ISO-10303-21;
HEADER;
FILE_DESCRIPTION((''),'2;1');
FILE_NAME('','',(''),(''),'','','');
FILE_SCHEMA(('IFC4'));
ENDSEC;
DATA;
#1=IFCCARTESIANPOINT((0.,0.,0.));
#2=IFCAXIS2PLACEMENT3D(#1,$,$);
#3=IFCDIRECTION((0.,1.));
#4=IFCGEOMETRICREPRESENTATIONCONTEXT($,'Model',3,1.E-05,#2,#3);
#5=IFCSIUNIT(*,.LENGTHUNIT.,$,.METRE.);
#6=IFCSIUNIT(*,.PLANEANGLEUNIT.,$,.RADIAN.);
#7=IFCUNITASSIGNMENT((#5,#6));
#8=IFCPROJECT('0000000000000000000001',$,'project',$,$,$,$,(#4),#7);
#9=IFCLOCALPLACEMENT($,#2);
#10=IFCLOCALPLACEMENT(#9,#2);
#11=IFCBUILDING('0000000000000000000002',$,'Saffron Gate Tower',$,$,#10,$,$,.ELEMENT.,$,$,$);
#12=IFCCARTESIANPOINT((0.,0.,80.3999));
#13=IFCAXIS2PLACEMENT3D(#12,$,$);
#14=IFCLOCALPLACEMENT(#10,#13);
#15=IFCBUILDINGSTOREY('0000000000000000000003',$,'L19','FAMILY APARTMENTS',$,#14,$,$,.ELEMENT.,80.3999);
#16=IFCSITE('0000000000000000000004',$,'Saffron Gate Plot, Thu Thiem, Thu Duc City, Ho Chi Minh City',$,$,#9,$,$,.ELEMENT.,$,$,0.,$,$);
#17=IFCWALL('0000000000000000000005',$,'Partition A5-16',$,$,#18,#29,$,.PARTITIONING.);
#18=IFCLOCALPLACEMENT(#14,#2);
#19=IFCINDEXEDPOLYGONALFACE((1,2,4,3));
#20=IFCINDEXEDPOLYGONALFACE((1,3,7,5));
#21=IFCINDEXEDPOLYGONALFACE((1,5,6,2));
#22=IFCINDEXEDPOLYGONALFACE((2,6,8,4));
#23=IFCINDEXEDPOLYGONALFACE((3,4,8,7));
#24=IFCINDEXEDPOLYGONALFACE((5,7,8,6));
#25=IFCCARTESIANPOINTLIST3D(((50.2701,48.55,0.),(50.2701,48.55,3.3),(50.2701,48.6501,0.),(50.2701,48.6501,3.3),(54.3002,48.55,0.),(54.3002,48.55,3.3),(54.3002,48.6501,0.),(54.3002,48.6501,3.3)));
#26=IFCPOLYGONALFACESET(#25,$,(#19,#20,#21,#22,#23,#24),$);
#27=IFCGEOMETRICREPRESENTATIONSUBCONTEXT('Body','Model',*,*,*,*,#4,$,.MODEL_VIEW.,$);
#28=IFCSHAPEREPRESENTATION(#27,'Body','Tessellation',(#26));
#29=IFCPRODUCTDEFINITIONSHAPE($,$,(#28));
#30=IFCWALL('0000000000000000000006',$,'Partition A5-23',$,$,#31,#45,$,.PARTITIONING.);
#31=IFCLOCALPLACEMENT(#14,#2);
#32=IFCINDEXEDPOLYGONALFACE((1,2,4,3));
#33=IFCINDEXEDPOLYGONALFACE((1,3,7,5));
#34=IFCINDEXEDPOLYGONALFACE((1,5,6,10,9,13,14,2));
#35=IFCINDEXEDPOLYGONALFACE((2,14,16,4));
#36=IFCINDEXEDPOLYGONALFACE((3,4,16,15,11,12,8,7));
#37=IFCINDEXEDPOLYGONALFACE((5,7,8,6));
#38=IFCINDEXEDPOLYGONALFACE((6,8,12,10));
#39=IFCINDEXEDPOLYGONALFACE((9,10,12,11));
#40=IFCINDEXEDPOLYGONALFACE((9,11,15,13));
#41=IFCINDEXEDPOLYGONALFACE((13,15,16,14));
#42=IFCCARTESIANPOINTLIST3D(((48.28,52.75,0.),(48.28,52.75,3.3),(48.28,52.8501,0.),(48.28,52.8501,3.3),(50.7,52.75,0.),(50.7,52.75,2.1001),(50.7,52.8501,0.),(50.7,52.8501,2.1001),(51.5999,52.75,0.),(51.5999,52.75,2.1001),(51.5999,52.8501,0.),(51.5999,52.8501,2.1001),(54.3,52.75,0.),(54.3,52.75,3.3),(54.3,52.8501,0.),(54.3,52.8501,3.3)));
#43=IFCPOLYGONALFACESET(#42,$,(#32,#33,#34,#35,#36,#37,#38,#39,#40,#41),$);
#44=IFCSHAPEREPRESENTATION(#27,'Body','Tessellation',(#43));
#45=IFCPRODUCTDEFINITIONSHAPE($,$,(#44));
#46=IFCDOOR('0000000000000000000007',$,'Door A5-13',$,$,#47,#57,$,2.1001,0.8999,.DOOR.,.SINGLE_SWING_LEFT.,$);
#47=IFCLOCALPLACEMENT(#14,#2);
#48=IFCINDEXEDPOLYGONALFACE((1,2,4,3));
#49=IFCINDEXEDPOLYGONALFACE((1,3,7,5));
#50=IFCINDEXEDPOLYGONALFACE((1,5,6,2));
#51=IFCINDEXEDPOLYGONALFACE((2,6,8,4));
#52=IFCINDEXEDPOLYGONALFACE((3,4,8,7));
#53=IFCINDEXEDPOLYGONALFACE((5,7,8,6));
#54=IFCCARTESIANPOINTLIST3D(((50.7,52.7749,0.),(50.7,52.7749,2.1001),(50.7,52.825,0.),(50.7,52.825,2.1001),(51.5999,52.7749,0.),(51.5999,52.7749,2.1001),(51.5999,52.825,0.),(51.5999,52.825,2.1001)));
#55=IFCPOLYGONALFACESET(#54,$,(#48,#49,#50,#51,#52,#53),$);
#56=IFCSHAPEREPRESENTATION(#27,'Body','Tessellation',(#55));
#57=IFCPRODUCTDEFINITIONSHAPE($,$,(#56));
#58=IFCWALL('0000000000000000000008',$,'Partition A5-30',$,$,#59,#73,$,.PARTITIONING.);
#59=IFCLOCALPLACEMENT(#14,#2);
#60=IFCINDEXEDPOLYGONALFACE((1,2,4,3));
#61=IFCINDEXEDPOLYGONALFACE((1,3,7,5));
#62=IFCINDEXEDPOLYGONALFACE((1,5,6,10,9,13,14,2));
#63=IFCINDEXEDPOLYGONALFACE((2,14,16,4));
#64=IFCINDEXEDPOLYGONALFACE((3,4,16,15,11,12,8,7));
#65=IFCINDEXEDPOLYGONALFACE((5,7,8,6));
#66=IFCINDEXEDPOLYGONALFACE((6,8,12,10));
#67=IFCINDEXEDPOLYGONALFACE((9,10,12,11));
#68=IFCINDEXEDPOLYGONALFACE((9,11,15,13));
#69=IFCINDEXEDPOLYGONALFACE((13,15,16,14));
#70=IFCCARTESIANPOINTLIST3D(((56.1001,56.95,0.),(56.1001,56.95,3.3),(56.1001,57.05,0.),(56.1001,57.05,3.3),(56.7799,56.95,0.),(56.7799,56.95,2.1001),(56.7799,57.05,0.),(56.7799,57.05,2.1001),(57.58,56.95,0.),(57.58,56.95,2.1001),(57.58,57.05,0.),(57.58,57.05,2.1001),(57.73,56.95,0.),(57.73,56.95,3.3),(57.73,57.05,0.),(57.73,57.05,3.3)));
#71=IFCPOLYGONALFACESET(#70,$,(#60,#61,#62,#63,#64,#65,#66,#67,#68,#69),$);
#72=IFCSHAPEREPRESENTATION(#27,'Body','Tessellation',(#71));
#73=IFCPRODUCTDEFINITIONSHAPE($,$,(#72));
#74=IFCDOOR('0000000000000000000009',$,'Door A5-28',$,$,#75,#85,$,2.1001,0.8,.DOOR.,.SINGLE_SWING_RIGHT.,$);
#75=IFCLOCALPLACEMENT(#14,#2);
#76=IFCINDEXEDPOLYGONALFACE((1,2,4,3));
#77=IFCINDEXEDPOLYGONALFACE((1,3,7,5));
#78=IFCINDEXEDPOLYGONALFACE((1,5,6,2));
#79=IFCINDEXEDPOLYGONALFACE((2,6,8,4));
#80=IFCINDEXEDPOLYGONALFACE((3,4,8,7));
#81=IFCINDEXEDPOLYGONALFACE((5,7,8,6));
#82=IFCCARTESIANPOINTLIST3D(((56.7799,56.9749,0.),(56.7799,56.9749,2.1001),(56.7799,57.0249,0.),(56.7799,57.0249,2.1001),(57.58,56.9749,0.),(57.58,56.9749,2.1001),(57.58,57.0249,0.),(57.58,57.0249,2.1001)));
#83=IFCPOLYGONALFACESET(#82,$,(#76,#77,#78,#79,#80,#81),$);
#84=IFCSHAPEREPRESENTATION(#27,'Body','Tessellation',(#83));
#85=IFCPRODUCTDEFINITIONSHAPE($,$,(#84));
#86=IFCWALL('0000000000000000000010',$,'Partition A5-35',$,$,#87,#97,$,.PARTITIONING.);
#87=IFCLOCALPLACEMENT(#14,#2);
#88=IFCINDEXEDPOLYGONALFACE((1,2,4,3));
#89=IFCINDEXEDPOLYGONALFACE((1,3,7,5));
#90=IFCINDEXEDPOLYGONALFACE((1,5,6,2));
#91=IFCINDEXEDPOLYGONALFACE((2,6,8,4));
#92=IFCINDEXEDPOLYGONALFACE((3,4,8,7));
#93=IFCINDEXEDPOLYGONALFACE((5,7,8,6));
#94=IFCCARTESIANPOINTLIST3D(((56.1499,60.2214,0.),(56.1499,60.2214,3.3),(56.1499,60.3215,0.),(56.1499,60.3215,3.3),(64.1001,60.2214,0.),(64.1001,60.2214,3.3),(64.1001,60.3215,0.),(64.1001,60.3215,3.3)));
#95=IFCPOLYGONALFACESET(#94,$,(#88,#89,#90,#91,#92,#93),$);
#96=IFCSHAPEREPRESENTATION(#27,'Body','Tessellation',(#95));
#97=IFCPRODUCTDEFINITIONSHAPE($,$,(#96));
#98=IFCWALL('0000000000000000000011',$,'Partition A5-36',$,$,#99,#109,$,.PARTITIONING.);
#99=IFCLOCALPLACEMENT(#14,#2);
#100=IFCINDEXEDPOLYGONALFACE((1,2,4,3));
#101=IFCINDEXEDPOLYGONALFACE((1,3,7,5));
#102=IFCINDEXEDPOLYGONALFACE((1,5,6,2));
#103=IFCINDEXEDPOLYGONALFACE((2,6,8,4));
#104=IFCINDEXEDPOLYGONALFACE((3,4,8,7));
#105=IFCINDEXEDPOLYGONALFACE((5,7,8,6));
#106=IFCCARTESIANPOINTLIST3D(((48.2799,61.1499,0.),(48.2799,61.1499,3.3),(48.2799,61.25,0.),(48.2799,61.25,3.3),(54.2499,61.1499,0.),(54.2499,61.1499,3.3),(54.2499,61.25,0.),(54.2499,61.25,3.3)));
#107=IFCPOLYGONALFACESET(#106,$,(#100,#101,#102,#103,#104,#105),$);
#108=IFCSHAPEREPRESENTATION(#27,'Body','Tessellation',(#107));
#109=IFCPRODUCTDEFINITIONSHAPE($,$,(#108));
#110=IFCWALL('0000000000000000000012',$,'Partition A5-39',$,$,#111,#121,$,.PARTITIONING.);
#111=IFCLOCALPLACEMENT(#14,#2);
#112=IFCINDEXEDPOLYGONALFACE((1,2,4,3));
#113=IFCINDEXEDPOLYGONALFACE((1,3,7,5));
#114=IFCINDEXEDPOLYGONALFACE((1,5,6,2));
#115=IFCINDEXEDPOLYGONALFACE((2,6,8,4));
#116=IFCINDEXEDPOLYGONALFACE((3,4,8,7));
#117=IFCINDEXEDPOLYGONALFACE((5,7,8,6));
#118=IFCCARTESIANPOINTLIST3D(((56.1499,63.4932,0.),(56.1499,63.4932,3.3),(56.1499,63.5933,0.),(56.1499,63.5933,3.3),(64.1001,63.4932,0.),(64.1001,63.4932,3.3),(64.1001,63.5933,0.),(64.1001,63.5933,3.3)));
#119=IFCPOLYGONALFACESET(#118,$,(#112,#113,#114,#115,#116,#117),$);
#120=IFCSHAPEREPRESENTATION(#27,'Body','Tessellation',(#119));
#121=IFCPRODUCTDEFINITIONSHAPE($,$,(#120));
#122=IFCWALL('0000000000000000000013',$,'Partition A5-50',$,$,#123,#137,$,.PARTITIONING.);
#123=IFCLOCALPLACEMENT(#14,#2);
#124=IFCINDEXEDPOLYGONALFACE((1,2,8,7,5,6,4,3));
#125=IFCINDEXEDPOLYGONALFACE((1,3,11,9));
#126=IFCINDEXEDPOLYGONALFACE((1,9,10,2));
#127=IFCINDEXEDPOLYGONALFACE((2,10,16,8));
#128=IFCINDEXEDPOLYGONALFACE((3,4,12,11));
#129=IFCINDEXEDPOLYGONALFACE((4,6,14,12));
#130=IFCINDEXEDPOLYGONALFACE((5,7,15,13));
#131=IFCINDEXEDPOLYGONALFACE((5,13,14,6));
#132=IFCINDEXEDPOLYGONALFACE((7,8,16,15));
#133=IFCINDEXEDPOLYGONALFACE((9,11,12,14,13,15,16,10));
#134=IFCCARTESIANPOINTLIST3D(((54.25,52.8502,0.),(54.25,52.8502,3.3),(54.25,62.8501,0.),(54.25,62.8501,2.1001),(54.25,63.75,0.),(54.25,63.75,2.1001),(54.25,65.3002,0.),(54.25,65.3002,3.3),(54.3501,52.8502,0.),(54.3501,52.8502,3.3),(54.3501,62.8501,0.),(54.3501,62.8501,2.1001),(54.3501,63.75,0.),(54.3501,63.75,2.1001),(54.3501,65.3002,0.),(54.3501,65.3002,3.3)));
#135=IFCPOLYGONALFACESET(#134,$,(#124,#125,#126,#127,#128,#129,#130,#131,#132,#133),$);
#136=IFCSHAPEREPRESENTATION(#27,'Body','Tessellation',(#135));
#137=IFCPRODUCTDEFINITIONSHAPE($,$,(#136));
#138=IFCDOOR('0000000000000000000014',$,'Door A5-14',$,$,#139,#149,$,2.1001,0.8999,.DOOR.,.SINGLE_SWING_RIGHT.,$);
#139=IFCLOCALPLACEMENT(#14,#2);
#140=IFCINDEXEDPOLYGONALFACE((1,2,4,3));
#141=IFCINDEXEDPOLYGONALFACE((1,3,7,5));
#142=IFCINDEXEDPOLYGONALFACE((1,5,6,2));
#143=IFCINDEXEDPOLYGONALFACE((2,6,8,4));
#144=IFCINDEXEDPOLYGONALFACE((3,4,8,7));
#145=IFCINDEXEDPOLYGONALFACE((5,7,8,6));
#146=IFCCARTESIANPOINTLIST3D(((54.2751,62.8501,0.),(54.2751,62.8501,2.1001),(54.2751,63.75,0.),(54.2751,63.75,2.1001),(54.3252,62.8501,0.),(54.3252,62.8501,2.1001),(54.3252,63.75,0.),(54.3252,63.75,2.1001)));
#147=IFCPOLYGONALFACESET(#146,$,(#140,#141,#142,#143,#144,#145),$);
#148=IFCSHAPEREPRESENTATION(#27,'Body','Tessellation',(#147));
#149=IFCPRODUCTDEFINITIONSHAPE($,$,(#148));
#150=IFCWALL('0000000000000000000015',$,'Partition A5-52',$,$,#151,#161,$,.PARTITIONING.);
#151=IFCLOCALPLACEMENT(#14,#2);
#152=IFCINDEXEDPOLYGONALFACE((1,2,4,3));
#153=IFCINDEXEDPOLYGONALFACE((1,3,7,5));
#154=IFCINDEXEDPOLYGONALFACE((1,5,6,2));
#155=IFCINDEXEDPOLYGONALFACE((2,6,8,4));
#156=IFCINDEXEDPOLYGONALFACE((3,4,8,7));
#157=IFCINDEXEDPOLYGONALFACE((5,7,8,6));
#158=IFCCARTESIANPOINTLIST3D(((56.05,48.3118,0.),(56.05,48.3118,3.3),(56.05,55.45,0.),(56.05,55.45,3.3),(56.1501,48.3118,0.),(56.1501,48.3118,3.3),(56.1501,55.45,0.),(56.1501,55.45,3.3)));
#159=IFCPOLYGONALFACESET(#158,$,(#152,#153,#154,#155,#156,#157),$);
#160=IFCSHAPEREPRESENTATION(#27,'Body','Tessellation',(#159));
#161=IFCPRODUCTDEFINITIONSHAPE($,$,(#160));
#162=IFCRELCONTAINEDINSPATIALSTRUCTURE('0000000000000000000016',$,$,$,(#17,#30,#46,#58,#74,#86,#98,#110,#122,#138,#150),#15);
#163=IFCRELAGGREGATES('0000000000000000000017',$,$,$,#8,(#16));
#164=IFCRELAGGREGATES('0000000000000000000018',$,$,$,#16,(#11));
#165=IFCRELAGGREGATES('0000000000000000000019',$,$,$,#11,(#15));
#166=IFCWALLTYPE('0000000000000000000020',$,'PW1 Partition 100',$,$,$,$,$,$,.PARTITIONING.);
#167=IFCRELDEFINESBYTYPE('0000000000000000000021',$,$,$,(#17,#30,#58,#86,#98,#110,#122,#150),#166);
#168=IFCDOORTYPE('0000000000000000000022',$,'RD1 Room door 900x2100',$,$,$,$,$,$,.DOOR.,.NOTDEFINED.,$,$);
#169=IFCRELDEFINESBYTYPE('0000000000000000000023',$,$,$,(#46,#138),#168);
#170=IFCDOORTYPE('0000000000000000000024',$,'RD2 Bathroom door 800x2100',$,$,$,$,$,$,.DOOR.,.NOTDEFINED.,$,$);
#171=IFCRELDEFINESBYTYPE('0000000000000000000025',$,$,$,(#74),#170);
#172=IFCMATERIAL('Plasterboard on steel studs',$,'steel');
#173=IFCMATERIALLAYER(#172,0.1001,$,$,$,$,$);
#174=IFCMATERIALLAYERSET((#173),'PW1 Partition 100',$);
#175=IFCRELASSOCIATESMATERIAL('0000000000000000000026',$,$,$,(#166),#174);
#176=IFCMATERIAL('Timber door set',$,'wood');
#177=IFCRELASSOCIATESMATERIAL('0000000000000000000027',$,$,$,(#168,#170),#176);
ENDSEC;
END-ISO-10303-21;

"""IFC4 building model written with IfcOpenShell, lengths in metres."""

from ifc_helpers import new_model, si_unit, direction, frame, frame_2d, origin, place, context, subcontext, project, spatial, rectangle, extrude, material, layer, layer_set, type_object, element, fill, save


model = new_model("IFC4")

# Units and contexts
model_context = context("Model", 3, precision=1e-05, world=origin(), true_north=direction((0.0, 1.0)))
body_context = subcontext(model_context, "Body", "Model", "MODEL_VIEW")
ifc_project = project(units=[si_unit("LENGTHUNIT", "METRE"), si_unit("PLANEANGLEUNIT", "RADIAN")], contexts=[model_context])

# Site, building, storey
site_placement = place(None, origin())
site = spatial("IfcSite", under=ifc_project, at=site_placement, Name="Saffron Gate Plot, Thu Thiem, Thu Duc City, Ho Chi Minh City", CompositionType="ELEMENT", RefElevation=0.0)
building_placement = place(site_placement, origin())
building = spatial("IfcBuilding", under=site, at=building_placement, Name="Saffron Gate Tower", CompositionType="ELEMENT")
storey_placement = place(building_placement, frame((0.0, 0.0, 80.3999)))
storey = spatial("IfcBuildingStorey", under=building, at=storey_placement, Name="L19", Description="FAMILY APARTMENTS", CompositionType="ELEMENT", Elevation=80.3999)

# Wall
ifc_material_1 = material(Name="Plasterboard on steel studs", Category="steel")
ifc_layer_1 = layer(ifc_material_1, 0.1001)
ifc_layer_set_1 = layer_set([ifc_layer_1], Name="PW1 Partition 100")
wall_type_1 = type_object("IfcWallType", Name="PW1 Partition 100", PredefinedType="PARTITIONING", material=ifc_layer_set_1)
wall_1_placement = place(storey_placement, frame((50.27, 48.6001, 0.0), z_axis=(0.0, 0.0, 1.0), x_axis=(1.0, 0.0, 0.0)))
element("IfcWall", 1, at=wall_1_placement, inside=storey, type_object=wall_type_1, Name="Partition A5-16", PredefinedType="PARTITIONING", context=body_context, shape_type="SweptSolid", body=[
    extrude(rectangle(XDim=4.03, YDim=0.1001, at=frame_2d((2.0151, 0.0))), origin(), (0.0, 0.0, 1.0), 3.3),
])

# Walls, openings, doors
wall_2_placement = place(storey_placement, frame((48.28, 52.8, 0.0), z_axis=(0.0, 0.0, 1.0), x_axis=(1.0, 0.0, 0.0)))
wall_2 = element("IfcWall", 2, at=wall_2_placement, inside=storey, type_object=wall_type_1, Name="Partition A5-23", PredefinedType="PARTITIONING", context=body_context, shape_type="SweptSolid", body=[
    extrude(rectangle(XDim=6.02, YDim=0.1001, at=frame_2d((3.01, 0.0))), origin(), (0.0, 0.0, 1.0), 3.3),
])
opening_1_placement = place(wall_2_placement, frame((2.4199, 0.0, 0.0)))
opening_1 = element("IfcOpeningElement", 3, at=opening_1_placement, cuts=wall_2, PredefinedType="OPENING", context=body_context, shape_type="SweptSolid", body=[
    extrude(rectangle(XDim=0.8999, YDim=2.1001, at=frame_2d((0.45, 1.05))), frame((0.0, 0.0601, 0.0), z_axis=(0.0, -1.0, 0.0), x_axis=(1.0, 0.0, 0.0)), (0.0, 0.0, 1.0), 0.1201),
])
ifc_material_2 = material(Name="Timber door set", Category="wood")
door_type_1 = type_object("IfcDoorType", Name="RD1 Room door 900x2100", OperationType="NOTDEFINED", PredefinedType="DOOR", material=ifc_material_2)
door_1_placement = place(opening_1_placement, origin())
door_1 = element("IfcDoor", 4, at=door_1_placement, inside=storey, type_object=door_type_1, Name="Door A5-13", OperationType="SINGLE_SWING_LEFT", OverallHeight=2.1001, OverallWidth=0.8999, PredefinedType="DOOR", context=body_context, shape_type="SweptSolid", body=[
    extrude(rectangle(XDim=0.8999, YDim=2.1001, at=frame_2d((0.45, 1.05))), frame((0.0, 0.0249, 0.0), z_axis=(0.0, -1.0, 0.0), x_axis=(1.0, 0.0, 0.0)), (0.0, 0.0, 1.0), 0.05),
])
fill(opening_1, door_1)
wall_3_placement = place(storey_placement, frame((56.1001, 57.0, 0.0), z_axis=(0.0, 0.0, 1.0), x_axis=(1.0, 0.0, 0.0)))
wall_3 = element("IfcWall", 5, at=wall_3_placement, inside=storey, type_object=wall_type_1, Name="Partition A5-30", PredefinedType="PARTITIONING", context=body_context, shape_type="SweptSolid", body=[
    extrude(rectangle(XDim=1.6299, YDim=0.1001, at=frame_2d((0.8149, 0.0))), origin(), (0.0, 0.0, 1.0), 3.3),
])
opening_2_placement = place(wall_3_placement, frame((0.6799, 0.0, 0.0)))
opening_2 = element("IfcOpeningElement", 6, at=opening_2_placement, cuts=wall_3, PredefinedType="OPENING", context=body_context, shape_type="SweptSolid", body=[
    extrude(rectangle(XDim=0.8, YDim=2.1001, at=frame_2d((0.3999, 1.05))), frame((0.0, 0.0601, 0.0), z_axis=(0.0, -1.0, 0.0), x_axis=(1.0, 0.0, 0.0)), (0.0, 0.0, 1.0), 0.1201),
])
door_type_2 = type_object("IfcDoorType", Name="RD2 Bathroom door 800x2100", OperationType="NOTDEFINED", PredefinedType="DOOR", material=ifc_material_2)
door_2_placement = place(opening_2_placement, origin())
door_2 = element("IfcDoor", 7, at=door_2_placement, inside=storey, type_object=door_type_2, Name="Door A5-28", OperationType="SINGLE_SWING_RIGHT", OverallHeight=2.1001, OverallWidth=0.8, PredefinedType="DOOR", context=body_context, shape_type="SweptSolid", body=[
    extrude(rectangle(XDim=0.8, YDim=2.1001, at=frame_2d((0.3999, 1.05))), frame((0.0, 0.0249, 0.0), z_axis=(0.0, -1.0, 0.0), x_axis=(1.0, 0.0, 0.0)), (0.0, 0.0, 1.0), 0.05),
])
fill(opening_2, door_2)

# Walls
wall_4_placement = place(storey_placement, frame((56.1499, 60.2715, 0.0), z_axis=(0.0, 0.0, 1.0), x_axis=(1.0, 0.0, 0.0)))
element("IfcWall", 8, at=wall_4_placement, inside=storey, type_object=wall_type_1, Name="Partition A5-35", PredefinedType="PARTITIONING", context=body_context, shape_type="SweptSolid", body=[
    extrude(rectangle(XDim=7.9502, YDim=0.1001, at=frame_2d((3.9751, 0.0))), origin(), (0.0, 0.0, 1.0), 3.3),
])
wall_5_placement = place(storey_placement, frame((48.28, 61.2, 0.0), z_axis=(0.0, 0.0, 1.0), x_axis=(1.0, 0.0, 0.0)))
element("IfcWall", 9, at=wall_5_placement, inside=storey, type_object=wall_type_1, Name="Partition A5-36", PredefinedType="PARTITIONING", context=body_context, shape_type="SweptSolid", body=[
    extrude(rectangle(XDim=5.97, YDim=0.1001, at=frame_2d((2.9849, 0.0))), origin(), (0.0, 0.0, 1.0), 3.3),
])
wall_6_placement = place(storey_placement, frame((56.1499, 63.5432, 0.0), z_axis=(0.0, 0.0, 1.0), x_axis=(1.0, 0.0, 0.0)))
element("IfcWall", 10, at=wall_6_placement, inside=storey, type_object=wall_type_1, Name="Partition A5-39", PredefinedType="PARTITIONING", context=body_context, shape_type="SweptSolid", body=[
    extrude(rectangle(XDim=7.9502, YDim=0.1001, at=frame_2d((3.9751, 0.0))), origin(), (0.0, 0.0, 1.0), 3.3),
])

# Wall, opening, door
wall_7_placement = place(storey_placement, frame((54.3, 52.8501, 0.0), z_axis=(0.0, 0.0, 1.0), x_axis=(0.0, 1.0, 0.0)))
wall_7 = element("IfcWall", 11, at=wall_7_placement, inside=storey, type_object=wall_type_1, Name="Partition A5-50", PredefinedType="PARTITIONING", context=body_context, shape_type="SweptSolid", body=[
    extrude(rectangle(XDim=12.45, YDim=0.1001, at=frame_2d((6.2251, 0.0))), origin(), (0.0, 0.0, 1.0), 3.3),
])
opening_3_placement = place(wall_7_placement, frame((10.0, 0.0, 0.0)))
opening_3 = element("IfcOpeningElement", 12, at=opening_3_placement, cuts=wall_7, PredefinedType="OPENING", context=body_context, shape_type="SweptSolid", body=[
    extrude(rectangle(XDim=0.8999, YDim=2.1001, at=frame_2d((0.45, 1.05))), frame((0.0, 0.0601, 0.0), z_axis=(0.0, -1.0, 0.0), x_axis=(1.0, 0.0, 0.0)), (0.0, 0.0, 1.0), 0.1201),
])
door_3_placement = place(opening_3_placement, origin())
door_3 = element("IfcDoor", 13, at=door_3_placement, inside=storey, type_object=door_type_1, Name="Door A5-14", OperationType="SINGLE_SWING_RIGHT", OverallHeight=2.1001, OverallWidth=0.8999, PredefinedType="DOOR", context=body_context, shape_type="SweptSolid", body=[
    extrude(rectangle(XDim=0.8999, YDim=2.1001, at=frame_2d((0.45, 1.05))), frame((0.0, 0.0249, 0.0), z_axis=(0.0, -1.0, 0.0), x_axis=(1.0, 0.0, 0.0)), (0.0, 0.0, 1.0), 0.05),
])
fill(opening_3, door_3)

# Wall
wall_8_placement = place(storey_placement, frame((56.1001, 55.45, 0.0), z_axis=(0.0, 0.0, 1.0), x_axis=(0.0, -1.0, 0.0)))
element("IfcWall", 14, at=wall_8_placement, inside=storey, type_object=wall_type_1, Name="Partition A5-52", PredefinedType="PARTITIONING", context=body_context, shape_type="SweptSolid", body=[
    extrude(rectangle(XDim=7.1382, YDim=0.1001, at=frame_2d((3.5691, 0.0))), origin(), (0.0, 0.0, 1.0), 3.3),
])

save(model, "model.ifc")
